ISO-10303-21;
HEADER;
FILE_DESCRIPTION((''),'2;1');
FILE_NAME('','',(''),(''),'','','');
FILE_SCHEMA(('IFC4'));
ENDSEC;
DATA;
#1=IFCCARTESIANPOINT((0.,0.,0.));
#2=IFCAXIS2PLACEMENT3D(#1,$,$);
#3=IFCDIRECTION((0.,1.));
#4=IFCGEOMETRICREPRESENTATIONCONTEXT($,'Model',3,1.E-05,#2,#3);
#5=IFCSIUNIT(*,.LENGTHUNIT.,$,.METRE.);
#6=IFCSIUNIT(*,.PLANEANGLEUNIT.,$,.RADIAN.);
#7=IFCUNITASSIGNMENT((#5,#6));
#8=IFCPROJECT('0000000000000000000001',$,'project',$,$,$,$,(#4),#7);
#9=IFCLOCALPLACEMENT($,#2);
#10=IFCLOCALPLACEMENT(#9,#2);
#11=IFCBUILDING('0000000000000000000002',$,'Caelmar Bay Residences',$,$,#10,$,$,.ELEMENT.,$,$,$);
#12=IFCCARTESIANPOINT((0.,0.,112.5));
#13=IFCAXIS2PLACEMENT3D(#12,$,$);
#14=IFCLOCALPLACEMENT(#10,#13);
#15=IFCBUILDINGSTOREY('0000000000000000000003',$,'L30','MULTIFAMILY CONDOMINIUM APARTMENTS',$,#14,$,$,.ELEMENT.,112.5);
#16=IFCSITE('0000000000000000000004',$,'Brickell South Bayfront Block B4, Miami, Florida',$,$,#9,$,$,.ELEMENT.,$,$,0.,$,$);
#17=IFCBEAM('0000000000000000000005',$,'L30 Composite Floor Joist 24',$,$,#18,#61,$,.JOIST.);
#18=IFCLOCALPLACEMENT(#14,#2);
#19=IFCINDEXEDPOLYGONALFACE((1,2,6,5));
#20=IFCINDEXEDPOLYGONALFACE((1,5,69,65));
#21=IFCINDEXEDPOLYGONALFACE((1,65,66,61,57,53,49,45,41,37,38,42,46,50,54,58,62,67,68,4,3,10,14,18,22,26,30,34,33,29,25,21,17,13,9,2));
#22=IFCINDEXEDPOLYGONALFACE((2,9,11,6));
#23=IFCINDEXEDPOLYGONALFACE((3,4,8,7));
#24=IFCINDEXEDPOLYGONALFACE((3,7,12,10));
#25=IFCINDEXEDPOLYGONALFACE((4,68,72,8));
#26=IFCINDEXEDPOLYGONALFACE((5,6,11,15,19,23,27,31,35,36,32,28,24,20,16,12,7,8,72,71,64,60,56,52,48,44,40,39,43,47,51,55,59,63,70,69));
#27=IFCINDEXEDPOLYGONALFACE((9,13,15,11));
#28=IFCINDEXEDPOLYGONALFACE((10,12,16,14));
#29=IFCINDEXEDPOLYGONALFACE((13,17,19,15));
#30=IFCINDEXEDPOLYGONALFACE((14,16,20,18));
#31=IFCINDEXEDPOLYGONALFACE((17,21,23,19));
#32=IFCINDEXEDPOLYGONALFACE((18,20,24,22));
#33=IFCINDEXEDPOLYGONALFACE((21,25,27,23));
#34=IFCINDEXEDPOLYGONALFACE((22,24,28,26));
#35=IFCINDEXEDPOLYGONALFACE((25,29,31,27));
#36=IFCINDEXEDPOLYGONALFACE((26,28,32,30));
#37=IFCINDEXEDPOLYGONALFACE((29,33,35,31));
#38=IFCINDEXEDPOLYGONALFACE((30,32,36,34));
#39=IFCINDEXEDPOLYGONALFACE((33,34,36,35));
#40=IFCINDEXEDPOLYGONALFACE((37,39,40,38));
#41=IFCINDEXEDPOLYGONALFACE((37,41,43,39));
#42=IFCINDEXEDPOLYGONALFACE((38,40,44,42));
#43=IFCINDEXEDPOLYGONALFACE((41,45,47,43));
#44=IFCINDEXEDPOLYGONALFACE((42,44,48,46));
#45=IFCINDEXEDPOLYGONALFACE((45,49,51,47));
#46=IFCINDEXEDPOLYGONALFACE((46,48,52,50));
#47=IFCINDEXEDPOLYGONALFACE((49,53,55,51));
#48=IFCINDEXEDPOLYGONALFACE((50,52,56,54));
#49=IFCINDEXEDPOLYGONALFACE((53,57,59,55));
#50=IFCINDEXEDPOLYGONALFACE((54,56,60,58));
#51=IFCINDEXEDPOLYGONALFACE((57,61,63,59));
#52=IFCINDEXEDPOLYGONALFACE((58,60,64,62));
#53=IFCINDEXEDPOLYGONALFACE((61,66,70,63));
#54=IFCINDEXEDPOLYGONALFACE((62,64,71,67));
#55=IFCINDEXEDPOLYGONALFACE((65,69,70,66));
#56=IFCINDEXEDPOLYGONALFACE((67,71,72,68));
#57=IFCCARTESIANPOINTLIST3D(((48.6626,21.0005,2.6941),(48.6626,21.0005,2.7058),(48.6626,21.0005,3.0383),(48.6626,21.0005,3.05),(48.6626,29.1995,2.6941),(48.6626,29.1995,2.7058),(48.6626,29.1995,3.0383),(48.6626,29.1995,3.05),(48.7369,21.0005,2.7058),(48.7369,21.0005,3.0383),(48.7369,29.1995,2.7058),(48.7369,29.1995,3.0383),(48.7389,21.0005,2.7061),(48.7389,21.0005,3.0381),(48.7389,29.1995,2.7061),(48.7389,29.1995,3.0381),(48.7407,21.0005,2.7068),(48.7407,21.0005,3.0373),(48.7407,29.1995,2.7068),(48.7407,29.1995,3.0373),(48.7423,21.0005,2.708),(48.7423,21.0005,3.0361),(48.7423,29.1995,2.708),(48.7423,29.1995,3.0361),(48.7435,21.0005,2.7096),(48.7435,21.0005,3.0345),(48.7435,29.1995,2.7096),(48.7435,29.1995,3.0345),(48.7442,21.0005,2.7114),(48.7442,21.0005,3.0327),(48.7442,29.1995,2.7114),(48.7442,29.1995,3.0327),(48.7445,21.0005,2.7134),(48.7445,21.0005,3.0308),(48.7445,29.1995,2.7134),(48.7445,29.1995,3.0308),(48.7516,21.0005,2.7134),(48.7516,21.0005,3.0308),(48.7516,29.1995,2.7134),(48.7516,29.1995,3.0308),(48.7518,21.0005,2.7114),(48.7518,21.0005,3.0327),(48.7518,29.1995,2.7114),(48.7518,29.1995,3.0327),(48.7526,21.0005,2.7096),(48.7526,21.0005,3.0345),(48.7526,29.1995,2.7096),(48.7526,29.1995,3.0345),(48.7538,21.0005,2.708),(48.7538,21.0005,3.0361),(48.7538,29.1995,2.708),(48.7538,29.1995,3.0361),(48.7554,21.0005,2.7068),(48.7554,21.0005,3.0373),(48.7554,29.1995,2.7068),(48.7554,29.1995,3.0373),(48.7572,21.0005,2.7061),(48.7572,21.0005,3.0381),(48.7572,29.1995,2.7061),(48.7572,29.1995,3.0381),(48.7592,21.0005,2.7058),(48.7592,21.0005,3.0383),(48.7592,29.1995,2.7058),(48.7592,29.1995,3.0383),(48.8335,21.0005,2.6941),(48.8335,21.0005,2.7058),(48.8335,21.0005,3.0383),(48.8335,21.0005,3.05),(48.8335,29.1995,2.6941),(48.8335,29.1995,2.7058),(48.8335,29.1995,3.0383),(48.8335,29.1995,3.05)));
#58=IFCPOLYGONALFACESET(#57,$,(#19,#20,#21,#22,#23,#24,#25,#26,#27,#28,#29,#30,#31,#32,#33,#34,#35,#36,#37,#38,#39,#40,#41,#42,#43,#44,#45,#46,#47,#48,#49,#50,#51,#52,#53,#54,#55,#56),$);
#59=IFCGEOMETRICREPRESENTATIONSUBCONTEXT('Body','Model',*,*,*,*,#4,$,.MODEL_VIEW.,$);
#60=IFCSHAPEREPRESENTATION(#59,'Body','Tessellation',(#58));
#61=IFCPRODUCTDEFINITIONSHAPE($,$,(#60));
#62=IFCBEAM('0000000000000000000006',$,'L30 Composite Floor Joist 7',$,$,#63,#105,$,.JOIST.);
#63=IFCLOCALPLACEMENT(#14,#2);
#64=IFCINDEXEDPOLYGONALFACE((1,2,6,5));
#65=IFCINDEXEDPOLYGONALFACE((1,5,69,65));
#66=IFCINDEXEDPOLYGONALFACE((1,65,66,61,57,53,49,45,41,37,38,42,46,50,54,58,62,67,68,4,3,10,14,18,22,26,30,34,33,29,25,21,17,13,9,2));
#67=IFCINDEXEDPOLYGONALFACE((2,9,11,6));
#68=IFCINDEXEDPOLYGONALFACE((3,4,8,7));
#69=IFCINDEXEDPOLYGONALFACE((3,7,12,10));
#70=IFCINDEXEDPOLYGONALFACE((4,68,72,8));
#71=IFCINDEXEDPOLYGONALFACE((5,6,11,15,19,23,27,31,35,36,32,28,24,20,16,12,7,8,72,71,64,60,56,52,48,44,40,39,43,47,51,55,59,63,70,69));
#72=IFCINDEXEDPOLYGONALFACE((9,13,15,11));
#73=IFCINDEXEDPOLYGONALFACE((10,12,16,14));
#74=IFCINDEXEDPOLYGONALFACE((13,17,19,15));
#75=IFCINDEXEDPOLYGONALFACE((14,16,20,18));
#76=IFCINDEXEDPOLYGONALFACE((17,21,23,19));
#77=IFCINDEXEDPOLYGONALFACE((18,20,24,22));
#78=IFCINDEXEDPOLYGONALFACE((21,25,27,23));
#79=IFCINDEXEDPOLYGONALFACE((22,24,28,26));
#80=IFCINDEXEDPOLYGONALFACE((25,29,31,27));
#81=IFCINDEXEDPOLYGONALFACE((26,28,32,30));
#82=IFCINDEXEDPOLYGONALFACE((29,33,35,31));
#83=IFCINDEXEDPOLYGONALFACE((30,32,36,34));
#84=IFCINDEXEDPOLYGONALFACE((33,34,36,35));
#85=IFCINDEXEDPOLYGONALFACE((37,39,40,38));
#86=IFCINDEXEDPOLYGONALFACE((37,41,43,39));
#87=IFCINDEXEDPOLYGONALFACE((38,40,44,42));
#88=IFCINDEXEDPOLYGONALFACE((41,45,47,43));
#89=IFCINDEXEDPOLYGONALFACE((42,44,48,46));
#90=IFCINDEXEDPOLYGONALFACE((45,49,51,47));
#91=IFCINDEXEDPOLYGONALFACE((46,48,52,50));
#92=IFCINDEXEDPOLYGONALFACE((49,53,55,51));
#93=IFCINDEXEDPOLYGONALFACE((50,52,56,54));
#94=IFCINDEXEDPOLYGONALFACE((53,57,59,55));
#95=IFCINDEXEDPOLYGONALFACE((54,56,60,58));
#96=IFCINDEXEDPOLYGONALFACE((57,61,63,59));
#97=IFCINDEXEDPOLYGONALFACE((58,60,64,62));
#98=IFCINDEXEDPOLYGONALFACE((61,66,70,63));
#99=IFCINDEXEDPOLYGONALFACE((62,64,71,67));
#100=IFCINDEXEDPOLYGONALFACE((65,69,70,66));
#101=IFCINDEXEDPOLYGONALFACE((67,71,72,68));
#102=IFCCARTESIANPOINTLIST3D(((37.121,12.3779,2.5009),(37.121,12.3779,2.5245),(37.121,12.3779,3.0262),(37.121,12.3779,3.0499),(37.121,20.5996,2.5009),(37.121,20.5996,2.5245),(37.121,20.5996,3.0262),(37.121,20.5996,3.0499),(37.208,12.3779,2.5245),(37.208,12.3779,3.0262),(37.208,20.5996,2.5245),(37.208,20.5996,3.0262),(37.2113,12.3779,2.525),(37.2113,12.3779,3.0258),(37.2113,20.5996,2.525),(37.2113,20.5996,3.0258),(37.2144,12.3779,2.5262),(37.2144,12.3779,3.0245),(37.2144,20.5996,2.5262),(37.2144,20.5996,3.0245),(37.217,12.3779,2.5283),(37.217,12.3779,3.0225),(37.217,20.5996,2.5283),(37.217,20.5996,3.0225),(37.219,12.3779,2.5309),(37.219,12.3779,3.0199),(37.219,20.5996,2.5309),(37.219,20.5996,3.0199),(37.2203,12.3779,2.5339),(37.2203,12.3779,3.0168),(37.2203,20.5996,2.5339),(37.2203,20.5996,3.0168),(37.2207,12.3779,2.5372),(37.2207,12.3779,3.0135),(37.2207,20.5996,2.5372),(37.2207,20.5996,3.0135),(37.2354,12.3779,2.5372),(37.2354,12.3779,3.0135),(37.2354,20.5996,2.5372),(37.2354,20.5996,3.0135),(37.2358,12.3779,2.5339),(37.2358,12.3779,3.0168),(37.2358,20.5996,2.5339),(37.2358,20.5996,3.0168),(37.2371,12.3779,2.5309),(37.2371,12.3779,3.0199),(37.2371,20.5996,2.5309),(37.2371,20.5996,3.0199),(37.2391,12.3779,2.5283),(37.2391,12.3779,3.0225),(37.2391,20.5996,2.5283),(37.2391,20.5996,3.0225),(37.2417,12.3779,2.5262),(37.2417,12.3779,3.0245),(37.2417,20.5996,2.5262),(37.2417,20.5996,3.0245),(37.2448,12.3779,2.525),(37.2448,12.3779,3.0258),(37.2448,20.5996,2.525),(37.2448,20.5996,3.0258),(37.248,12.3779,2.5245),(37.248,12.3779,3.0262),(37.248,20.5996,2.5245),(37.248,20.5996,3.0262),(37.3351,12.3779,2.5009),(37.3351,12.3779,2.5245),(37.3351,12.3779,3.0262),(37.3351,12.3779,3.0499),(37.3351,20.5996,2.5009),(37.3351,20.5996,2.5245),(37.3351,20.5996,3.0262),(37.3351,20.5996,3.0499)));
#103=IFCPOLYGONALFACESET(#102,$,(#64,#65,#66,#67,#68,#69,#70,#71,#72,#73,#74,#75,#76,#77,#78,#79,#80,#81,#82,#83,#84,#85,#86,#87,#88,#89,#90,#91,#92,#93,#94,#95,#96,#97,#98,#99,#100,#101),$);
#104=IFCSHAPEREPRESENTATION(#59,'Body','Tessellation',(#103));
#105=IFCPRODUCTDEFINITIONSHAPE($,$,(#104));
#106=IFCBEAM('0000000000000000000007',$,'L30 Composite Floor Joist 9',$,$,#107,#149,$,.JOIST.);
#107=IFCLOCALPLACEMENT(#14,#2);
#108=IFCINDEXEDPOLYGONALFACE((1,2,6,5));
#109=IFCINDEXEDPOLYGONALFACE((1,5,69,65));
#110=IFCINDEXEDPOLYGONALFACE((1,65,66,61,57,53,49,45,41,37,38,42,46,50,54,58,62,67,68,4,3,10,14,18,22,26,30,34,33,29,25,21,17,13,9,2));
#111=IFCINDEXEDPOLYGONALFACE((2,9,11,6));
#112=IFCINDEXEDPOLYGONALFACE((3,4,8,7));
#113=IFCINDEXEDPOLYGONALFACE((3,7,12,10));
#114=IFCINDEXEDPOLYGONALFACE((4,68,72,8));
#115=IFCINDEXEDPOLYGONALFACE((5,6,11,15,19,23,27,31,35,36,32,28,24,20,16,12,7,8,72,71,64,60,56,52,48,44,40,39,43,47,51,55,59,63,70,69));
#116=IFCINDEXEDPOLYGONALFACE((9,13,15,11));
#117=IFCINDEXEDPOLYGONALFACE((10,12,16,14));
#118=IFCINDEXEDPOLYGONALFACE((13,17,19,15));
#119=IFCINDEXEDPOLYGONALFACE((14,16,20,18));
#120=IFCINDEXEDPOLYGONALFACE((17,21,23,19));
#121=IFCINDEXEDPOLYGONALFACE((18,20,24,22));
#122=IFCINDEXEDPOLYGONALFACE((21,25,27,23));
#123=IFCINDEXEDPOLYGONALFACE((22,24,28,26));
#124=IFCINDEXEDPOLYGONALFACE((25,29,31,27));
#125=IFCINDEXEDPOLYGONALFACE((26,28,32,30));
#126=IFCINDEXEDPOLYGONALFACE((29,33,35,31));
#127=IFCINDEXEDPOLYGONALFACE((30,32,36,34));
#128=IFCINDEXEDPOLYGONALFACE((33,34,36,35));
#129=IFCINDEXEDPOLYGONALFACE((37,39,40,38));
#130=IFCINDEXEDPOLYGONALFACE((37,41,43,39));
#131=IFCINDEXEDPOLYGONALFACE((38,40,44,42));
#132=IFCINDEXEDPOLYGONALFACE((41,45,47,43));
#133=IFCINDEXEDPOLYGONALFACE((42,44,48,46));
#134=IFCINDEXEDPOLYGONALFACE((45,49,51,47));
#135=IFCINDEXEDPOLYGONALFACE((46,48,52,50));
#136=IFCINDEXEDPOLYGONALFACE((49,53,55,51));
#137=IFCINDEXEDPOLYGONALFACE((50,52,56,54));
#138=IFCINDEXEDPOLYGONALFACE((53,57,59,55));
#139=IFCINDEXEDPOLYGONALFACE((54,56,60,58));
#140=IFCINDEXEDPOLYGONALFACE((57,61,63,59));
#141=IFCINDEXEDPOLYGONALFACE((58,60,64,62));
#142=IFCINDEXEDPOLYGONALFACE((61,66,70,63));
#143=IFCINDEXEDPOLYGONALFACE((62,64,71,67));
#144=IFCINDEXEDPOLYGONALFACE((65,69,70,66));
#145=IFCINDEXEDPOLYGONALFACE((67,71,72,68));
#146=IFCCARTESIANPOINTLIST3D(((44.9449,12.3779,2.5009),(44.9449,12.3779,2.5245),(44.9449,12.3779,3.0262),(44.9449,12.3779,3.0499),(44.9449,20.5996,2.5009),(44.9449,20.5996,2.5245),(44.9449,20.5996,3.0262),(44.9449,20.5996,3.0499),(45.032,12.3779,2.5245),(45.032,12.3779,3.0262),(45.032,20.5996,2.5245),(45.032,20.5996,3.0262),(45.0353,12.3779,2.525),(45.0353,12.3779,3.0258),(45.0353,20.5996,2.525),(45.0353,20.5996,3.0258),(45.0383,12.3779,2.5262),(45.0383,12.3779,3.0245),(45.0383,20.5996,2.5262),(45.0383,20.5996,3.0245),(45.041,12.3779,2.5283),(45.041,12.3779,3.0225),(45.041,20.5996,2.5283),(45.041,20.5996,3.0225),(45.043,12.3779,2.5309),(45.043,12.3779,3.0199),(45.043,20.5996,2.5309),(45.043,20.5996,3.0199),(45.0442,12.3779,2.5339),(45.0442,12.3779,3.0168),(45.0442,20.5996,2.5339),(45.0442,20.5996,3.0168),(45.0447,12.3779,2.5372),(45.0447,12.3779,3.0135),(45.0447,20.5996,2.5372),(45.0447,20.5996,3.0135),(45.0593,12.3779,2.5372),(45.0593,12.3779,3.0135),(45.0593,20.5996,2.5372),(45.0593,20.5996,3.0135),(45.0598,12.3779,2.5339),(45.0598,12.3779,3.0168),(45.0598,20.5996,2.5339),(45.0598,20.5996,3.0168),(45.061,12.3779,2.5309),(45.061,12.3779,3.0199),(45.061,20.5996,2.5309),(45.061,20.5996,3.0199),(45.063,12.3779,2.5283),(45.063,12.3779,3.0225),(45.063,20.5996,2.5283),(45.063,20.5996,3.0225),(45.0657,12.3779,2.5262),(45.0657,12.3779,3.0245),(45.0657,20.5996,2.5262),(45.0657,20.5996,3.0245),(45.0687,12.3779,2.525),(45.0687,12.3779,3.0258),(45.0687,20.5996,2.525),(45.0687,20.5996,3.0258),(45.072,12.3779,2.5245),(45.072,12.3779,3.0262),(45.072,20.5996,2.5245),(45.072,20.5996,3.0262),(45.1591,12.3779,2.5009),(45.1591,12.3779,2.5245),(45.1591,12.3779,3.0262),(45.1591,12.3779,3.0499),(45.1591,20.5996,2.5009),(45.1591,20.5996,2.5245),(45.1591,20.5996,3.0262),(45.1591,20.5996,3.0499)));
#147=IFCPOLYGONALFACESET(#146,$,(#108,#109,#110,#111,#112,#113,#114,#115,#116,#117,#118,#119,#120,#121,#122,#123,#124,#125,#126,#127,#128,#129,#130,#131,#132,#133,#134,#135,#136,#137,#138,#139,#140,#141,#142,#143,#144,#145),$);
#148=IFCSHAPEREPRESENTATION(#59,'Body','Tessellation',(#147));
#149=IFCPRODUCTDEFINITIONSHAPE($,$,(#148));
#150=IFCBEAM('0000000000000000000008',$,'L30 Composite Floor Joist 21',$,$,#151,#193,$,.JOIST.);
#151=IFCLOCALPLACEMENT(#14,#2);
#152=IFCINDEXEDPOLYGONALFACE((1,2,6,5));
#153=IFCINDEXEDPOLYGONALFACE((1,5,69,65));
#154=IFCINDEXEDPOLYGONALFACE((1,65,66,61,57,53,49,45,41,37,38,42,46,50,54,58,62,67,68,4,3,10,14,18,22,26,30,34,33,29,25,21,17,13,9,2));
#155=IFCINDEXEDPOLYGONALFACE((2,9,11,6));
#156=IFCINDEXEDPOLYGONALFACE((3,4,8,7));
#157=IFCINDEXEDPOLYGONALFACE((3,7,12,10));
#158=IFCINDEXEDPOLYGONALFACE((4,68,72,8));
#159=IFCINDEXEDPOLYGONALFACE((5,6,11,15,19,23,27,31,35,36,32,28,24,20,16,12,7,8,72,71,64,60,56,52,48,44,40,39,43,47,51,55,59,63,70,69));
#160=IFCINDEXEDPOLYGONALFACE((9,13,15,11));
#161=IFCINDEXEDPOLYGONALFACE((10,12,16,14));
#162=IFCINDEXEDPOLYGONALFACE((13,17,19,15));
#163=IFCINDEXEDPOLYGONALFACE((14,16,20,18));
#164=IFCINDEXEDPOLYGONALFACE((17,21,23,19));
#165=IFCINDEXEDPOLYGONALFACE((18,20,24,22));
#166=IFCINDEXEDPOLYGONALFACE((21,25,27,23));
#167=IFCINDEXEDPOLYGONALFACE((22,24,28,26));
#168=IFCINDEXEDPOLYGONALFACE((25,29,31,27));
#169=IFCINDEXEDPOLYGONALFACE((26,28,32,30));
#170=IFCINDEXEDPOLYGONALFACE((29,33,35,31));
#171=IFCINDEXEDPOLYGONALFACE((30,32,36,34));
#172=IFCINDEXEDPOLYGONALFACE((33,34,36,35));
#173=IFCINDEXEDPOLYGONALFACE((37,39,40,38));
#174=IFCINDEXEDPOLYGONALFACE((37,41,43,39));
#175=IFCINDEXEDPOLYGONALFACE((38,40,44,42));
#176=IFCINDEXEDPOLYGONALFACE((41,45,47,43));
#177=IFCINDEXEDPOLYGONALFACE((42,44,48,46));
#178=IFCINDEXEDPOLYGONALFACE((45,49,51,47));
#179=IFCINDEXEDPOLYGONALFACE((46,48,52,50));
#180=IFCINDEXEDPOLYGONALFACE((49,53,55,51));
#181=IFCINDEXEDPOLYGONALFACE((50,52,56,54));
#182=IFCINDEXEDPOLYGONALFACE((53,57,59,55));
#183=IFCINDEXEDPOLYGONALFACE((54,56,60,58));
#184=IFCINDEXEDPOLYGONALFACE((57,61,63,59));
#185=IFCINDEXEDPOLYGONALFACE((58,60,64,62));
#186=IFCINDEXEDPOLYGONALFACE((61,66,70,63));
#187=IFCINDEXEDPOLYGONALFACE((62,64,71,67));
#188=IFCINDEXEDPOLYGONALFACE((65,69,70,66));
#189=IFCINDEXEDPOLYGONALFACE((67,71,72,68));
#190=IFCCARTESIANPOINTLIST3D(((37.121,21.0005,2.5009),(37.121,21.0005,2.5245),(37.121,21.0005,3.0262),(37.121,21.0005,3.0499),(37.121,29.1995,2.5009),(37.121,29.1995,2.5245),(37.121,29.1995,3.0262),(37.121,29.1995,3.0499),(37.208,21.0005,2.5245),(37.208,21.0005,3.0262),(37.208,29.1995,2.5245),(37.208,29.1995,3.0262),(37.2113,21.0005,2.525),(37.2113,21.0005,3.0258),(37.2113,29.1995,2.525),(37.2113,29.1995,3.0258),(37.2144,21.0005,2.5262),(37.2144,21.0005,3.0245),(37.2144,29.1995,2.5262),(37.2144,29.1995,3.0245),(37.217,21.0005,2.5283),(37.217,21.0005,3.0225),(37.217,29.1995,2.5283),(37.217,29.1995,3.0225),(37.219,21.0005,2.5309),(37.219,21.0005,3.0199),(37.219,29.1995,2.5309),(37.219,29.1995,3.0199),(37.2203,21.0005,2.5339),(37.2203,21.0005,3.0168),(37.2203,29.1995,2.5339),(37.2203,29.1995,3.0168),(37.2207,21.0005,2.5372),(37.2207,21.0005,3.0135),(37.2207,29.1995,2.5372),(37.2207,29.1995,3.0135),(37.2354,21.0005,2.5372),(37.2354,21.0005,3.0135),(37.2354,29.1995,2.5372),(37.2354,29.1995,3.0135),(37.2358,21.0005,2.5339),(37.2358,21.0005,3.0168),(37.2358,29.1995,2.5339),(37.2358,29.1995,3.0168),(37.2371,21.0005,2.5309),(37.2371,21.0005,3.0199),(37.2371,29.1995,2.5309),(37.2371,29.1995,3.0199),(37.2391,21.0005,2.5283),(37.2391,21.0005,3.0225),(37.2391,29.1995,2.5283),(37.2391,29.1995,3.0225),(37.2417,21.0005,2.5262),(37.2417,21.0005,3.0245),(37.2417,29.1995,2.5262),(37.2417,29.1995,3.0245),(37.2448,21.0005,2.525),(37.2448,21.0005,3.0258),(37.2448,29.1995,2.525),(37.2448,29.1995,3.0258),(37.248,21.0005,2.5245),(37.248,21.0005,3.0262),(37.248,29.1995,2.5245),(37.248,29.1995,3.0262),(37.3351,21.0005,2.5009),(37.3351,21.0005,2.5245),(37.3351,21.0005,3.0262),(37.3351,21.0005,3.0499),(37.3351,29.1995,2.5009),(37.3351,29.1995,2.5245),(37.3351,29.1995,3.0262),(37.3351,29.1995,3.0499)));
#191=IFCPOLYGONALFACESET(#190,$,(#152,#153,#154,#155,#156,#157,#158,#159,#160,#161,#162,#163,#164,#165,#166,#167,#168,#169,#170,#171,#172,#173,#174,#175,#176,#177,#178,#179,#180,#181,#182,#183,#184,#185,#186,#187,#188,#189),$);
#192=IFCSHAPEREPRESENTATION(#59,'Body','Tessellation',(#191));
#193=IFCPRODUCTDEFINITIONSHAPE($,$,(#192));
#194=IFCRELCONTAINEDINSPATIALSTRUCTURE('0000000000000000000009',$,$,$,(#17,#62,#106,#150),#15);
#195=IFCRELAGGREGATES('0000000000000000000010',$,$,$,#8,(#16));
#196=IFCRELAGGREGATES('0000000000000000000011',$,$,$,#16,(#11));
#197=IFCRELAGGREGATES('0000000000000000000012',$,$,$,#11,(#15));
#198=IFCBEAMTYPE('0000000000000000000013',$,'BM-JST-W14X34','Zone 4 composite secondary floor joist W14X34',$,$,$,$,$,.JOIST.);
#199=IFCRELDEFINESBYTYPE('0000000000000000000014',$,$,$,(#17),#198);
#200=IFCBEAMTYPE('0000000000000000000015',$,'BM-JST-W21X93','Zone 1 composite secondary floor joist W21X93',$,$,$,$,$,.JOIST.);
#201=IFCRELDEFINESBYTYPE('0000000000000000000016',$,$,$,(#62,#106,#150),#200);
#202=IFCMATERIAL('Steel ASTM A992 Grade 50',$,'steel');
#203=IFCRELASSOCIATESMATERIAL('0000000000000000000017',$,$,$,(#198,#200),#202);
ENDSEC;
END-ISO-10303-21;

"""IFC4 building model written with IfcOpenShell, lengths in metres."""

from ifc_helpers import new_model, si_unit, direction, frame, origin, origin_2d, place, context, subcontext, project, spatial, i_section, extrude, material, material_profile, profile_set, type_object, element, save


model = new_model("IFC4")

# Units and contexts
model_context = context("Model", 3, precision=1e-05, world=origin(), true_north=direction((0.0, 1.0)))
body_context = subcontext(model_context, "Body", "Model", "MODEL_VIEW")
ifc_project = project(units=[si_unit("LENGTHUNIT", "METRE"), si_unit("PLANEANGLEUNIT", "RADIAN")], contexts=[model_context])

# Site, building, storey
site_placement = place(None, origin())
site = spatial("IfcSite", under=ifc_project, at=site_placement, Name="Brickell South Bayfront Block B4, Miami, Florida", CompositionType="ELEMENT", RefElevation=0.0)
building_placement = place(site_placement, origin())
building = spatial("IfcBuilding", under=site, at=building_placement, Name="Caelmar Bay Residences", CompositionType="ELEMENT")
storey_placement = place(building_placement, frame((0.0, 0.0, 112.5)))
storey = spatial("IfcBuildingStorey", under=building, at=storey_placement, Name="L30", Description="MULTIFAMILY CONDOMINIUM APARTMENTS", CompositionType="ELEMENT", Elevation=112.5)

# Beams
ifc_material_1 = material(Name="Steel ASTM A992 Grade 50", Category="steel")
ifc_material_profile_1 = material_profile(ifc_material_1, i_section(OverallWidth=0.1709, OverallDepth=0.356, WebThickness=0.0071, FlangeThickness=0.0117, FilletRadius=0.0076, at=origin_2d()), Name="W14X34")
ifc_profile_set_1 = profile_set([ifc_material_profile_1], Name="Steel ASTM A992 Grade 50")
beam_type_1 = type_object("IfcBeamType", Name="BM-JST-W14X34", Description="Zone 4 composite secondary floor joist W14X34", PredefinedType="JOIST", material=ifc_profile_set_1)
for number, where, z_axis, x_axis, name in (
    (1, (48.748, 21.0005, 2.8721), (0.0, 1.0, 0.0), (-1.0, 0.0, 0.0), "L30 Composite Floor Joist 24"),
):
    element("IfcBeam", number, at=place(storey_placement, frame(where, z_axis=z_axis, x_axis=x_axis)), inside=storey, type_object=beam_type_1, Name=name, PredefinedType="JOIST", context=body_context, shape_type="SweptSolid", body=[
        extrude(i_section(OverallWidth=0.1709, OverallDepth=0.356, WebThickness=0.0071, FlangeThickness=0.0117, FilletRadius=0.0076, at=origin_2d()), origin(), (0.0, 0.0, 1.0), 8.199),
    ])
ifc_material_profile_2 = material_profile(ifc_material_1, i_section(OverallWidth=0.2141, OverallDepth=0.5491, WebThickness=0.0146, FlangeThickness=0.0237, FilletRadius=0.0127, at=origin_2d()), Name="W21X93")
ifc_profile_set_2 = profile_set([ifc_material_profile_2], Name="Steel ASTM A992 Grade 50")
beam_type_2 = type_object("IfcBeamType", Name="BM-JST-W21X93", Description="Zone 1 composite secondary floor joist W21X93", PredefinedType="JOIST", material=ifc_profile_set_2)
for number, where, z_axis, x_axis, name in (
    (2, (37.228, 12.3779, 2.7754), (0.0, 1.0, 0.0), (-1.0, 0.0, 0.0), "L30 Composite Floor Joist 7"),
    (3, (45.052, 12.3779, 2.7754), (0.0, 1.0, 0.0), (-1.0, 0.0, 0.0), "L30 Composite Floor Joist 9"),
):
    element("IfcBeam", number, at=place(storey_placement, frame(where, z_axis=z_axis, x_axis=x_axis)), inside=storey, type_object=beam_type_2, Name=name, PredefinedType="JOIST", context=body_context, shape_type="SweptSolid", body=[
        extrude(i_section(OverallWidth=0.2141, OverallDepth=0.5491, WebThickness=0.0146, FlangeThickness=0.0237, FilletRadius=0.0127, at=origin_2d()), origin(), (0.0, 0.0, 1.0), 8.2217),
    ])
for number, where, z_axis, x_axis, name in (
    (4, (37.228, 21.0005, 2.7754), (0.0, 1.0, 0.0), (-1.0, 0.0, 0.0), "L30 Composite Floor Joist 21"),
):
    element("IfcBeam", number, at=place(storey_placement, frame(where, z_axis=z_axis, x_axis=x_axis)), inside=storey, type_object=beam_type_2, Name=name, PredefinedType="JOIST", context=body_context, shape_type="SweptSolid", body=[
        extrude(i_section(OverallWidth=0.2141, OverallDepth=0.5491, WebThickness=0.0146, FlangeThickness=0.0237, FilletRadius=0.0127, at=origin_2d()), origin(), (0.0, 0.0, 1.0), 8.199),
    ])

save(model, "model.ifc")
